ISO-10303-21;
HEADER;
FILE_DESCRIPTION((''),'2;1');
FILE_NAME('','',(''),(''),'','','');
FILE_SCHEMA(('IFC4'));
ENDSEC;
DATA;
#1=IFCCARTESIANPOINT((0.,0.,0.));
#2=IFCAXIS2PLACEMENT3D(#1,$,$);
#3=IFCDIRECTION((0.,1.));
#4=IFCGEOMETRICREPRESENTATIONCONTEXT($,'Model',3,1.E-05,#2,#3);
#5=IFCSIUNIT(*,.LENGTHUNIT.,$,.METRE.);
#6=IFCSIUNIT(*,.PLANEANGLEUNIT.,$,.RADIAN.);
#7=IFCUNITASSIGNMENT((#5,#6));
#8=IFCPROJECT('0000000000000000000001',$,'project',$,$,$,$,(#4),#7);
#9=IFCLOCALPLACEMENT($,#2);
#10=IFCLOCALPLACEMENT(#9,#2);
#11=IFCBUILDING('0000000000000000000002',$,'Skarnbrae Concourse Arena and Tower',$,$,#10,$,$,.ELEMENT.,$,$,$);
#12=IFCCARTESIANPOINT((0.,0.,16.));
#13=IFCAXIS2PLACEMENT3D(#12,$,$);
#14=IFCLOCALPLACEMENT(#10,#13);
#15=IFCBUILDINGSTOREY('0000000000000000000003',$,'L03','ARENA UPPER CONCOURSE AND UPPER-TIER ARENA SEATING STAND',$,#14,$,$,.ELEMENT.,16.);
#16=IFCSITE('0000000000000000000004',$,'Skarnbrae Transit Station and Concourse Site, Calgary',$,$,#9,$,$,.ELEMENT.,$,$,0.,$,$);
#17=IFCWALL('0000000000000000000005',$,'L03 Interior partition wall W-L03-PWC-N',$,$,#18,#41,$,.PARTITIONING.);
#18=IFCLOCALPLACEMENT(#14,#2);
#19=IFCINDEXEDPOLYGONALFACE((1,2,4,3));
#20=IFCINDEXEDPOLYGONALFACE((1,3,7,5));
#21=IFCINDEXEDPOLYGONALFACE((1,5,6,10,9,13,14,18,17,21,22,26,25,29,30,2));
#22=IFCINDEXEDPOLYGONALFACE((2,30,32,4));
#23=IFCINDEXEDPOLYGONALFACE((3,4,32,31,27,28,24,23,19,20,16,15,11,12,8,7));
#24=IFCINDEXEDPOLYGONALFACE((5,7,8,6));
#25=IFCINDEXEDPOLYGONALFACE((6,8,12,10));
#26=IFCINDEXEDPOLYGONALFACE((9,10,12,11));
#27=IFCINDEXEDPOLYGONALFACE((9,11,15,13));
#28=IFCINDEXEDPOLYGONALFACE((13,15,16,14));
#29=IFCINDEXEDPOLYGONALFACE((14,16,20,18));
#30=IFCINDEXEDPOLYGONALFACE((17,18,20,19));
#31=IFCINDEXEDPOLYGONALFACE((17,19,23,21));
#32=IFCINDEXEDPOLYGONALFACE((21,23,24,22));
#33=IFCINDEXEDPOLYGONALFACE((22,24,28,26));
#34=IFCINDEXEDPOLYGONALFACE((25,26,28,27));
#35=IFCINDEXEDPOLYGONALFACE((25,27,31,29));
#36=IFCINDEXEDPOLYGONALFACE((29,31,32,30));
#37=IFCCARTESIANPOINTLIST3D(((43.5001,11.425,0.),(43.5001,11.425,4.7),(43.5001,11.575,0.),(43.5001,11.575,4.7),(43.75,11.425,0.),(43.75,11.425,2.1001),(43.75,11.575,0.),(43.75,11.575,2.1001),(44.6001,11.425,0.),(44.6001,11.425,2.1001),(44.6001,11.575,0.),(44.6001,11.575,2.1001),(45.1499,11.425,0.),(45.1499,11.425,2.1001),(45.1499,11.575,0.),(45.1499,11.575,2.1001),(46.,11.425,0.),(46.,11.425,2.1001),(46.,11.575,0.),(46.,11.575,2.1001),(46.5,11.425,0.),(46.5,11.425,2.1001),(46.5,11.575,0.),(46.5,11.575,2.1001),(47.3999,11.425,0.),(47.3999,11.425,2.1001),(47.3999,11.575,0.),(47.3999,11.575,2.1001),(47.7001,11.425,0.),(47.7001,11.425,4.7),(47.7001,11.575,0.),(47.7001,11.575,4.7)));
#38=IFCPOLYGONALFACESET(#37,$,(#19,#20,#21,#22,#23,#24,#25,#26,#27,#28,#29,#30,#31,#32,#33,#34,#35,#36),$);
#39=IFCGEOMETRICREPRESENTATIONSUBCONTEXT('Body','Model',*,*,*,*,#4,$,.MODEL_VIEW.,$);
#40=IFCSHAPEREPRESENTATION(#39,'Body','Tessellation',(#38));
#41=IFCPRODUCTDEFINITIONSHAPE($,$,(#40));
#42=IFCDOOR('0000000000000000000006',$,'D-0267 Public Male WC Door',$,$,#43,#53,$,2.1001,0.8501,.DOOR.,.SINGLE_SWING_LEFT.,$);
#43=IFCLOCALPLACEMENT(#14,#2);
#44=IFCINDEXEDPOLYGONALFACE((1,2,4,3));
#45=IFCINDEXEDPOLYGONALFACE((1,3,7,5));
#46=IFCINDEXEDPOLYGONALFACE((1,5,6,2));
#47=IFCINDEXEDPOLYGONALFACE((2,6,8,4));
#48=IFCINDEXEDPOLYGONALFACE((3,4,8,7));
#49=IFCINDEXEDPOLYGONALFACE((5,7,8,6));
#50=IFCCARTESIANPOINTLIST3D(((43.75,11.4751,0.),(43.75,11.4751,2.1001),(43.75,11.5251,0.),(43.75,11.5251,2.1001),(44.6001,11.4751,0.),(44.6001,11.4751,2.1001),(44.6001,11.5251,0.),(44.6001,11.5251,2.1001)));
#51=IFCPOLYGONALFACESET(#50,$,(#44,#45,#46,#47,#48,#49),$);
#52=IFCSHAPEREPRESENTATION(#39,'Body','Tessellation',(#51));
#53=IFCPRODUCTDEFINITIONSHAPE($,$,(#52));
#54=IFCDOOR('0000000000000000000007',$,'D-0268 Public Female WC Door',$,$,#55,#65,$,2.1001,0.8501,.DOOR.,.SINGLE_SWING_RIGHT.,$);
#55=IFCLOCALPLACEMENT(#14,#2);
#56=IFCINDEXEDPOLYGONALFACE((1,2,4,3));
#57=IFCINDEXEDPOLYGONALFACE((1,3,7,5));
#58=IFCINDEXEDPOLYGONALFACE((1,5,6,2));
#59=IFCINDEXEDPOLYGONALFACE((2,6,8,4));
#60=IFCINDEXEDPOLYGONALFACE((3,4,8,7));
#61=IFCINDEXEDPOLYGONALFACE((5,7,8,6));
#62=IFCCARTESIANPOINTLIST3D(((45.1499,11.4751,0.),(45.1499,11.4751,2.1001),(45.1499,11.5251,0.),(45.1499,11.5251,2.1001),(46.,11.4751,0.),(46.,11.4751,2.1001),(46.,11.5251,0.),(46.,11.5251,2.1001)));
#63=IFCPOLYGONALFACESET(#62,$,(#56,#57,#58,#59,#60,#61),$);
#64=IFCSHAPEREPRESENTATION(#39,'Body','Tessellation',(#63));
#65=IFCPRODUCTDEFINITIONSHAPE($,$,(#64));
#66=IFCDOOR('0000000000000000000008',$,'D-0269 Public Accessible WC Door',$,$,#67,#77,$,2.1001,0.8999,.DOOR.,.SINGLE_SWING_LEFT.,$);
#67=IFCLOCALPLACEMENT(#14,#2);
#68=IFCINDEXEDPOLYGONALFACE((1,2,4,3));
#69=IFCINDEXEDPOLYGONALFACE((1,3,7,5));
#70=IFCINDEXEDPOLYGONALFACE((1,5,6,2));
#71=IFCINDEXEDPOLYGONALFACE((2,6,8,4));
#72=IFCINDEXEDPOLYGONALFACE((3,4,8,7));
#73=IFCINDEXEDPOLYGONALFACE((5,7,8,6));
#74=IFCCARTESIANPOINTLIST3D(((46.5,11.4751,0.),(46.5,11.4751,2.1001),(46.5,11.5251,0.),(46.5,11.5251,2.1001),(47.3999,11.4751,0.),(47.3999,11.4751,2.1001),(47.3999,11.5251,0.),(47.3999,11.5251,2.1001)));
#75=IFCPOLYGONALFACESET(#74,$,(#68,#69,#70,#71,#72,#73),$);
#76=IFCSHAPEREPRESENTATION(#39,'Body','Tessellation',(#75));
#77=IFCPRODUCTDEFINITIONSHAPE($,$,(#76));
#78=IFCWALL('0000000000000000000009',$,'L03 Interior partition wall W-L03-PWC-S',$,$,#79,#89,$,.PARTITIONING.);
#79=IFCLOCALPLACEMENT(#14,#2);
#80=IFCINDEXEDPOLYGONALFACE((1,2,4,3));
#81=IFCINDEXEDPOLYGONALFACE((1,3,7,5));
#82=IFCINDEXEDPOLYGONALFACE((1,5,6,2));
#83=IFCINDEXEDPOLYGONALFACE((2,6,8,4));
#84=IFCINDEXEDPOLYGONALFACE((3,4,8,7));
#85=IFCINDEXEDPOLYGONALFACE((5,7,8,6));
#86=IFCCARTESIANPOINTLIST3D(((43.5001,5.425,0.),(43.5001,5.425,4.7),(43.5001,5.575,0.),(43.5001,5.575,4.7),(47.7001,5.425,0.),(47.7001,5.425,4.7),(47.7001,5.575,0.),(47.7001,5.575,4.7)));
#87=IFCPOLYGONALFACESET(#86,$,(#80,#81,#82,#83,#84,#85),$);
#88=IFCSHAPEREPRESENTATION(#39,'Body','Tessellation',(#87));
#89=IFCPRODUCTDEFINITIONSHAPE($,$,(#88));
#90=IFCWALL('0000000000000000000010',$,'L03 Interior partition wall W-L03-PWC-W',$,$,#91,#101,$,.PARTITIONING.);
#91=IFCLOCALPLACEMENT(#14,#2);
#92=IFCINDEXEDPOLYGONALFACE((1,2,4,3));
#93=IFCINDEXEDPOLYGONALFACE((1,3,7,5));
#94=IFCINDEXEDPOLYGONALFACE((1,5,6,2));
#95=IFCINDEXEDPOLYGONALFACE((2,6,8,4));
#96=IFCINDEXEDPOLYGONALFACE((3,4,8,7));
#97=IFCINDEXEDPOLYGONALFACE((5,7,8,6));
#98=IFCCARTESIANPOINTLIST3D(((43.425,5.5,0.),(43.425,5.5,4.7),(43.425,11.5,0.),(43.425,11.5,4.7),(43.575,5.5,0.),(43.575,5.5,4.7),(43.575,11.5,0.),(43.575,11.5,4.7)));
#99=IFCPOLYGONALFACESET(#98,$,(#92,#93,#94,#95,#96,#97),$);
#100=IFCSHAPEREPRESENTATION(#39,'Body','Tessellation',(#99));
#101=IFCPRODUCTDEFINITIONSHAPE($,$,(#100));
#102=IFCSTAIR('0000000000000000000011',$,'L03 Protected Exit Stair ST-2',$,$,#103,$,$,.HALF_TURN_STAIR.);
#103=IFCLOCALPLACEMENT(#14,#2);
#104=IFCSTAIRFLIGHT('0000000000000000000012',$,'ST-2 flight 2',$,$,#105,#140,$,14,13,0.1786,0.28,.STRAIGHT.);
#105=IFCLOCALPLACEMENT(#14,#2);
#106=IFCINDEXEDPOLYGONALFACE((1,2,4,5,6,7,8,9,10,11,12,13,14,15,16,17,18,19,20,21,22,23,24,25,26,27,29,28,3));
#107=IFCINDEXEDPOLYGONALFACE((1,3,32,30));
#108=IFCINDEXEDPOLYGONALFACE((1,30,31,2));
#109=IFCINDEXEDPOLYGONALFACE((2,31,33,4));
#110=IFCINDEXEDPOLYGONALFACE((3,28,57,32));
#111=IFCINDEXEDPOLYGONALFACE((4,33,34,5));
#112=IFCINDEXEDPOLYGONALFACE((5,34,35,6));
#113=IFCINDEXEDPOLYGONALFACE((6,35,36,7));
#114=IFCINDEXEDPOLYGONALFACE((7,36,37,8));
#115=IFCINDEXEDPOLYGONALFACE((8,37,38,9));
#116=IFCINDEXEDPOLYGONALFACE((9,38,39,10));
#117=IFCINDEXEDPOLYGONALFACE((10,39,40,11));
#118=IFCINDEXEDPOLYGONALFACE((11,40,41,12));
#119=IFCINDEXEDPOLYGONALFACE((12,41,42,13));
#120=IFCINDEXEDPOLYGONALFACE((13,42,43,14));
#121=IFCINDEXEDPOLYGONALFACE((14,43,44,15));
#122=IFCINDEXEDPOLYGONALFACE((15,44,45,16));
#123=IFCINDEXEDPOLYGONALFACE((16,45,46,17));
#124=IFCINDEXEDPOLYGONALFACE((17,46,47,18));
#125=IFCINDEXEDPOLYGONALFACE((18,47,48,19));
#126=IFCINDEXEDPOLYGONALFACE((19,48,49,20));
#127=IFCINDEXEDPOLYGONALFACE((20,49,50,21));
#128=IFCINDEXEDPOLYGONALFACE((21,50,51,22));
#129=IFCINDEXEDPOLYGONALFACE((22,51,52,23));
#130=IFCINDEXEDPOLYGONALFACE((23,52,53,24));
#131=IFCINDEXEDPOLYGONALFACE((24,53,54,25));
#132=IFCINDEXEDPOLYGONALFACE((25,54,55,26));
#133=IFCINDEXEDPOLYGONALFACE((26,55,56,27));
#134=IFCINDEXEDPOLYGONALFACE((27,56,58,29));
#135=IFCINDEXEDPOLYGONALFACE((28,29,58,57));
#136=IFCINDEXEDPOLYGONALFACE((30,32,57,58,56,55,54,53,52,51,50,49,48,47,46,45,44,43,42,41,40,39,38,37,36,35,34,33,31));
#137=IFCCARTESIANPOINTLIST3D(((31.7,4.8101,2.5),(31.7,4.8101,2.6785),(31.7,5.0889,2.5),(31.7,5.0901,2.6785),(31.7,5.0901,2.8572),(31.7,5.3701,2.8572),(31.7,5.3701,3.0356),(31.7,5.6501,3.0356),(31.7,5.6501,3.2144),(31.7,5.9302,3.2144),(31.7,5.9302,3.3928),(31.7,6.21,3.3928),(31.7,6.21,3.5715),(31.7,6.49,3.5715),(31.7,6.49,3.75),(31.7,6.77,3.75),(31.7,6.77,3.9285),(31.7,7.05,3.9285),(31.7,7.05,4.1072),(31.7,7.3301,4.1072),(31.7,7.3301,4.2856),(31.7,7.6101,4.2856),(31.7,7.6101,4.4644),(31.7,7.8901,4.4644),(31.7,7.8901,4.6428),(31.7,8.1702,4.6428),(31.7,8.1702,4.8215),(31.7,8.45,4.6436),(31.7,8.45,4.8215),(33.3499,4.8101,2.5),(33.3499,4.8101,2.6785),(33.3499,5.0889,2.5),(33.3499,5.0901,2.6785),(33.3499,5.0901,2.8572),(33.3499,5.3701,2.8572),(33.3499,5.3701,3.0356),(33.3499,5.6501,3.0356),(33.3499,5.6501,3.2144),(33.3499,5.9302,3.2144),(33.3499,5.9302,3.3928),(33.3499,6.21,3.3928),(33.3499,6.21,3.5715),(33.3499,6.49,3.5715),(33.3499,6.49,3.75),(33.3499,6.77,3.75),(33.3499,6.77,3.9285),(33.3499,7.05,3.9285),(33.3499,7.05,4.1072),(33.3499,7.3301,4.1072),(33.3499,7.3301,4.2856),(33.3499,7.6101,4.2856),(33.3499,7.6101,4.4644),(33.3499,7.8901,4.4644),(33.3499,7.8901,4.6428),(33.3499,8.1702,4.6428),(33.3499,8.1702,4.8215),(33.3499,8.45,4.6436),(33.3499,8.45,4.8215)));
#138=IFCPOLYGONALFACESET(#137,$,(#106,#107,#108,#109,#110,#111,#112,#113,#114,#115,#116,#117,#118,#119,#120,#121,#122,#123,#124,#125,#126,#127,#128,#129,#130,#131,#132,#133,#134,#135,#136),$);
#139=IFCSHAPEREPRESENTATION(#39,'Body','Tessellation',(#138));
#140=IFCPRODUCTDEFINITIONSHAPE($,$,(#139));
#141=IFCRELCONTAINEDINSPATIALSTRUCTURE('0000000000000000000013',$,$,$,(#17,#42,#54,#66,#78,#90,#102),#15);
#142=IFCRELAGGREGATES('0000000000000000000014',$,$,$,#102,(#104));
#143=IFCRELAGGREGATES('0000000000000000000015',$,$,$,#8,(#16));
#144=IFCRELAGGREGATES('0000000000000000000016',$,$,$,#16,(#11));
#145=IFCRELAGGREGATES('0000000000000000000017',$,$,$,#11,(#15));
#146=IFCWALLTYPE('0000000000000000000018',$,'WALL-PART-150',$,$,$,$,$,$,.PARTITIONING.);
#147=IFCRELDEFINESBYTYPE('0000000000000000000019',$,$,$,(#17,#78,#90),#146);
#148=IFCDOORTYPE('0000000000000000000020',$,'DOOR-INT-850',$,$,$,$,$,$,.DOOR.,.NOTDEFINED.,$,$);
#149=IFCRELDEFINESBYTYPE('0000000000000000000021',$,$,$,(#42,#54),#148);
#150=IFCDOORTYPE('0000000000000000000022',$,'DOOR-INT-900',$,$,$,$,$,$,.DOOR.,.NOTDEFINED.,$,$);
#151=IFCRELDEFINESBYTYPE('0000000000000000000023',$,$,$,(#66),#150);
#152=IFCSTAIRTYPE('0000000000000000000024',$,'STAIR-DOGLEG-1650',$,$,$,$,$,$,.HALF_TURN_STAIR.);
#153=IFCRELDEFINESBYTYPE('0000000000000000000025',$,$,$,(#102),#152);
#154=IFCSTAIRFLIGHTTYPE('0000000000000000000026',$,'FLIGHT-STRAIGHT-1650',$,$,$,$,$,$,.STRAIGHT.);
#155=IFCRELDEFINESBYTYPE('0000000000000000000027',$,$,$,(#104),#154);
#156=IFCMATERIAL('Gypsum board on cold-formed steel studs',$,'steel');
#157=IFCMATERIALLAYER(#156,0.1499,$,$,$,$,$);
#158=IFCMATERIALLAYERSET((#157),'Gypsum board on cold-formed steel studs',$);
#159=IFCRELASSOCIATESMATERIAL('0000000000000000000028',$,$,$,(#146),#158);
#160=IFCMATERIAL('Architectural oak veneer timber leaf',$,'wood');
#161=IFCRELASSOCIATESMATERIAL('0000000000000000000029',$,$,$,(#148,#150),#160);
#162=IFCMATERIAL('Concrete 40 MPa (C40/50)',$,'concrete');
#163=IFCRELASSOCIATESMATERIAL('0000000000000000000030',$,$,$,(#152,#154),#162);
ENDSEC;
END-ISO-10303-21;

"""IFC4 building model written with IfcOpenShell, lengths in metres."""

from ifc_helpers import new_model, si_unit, direction, frame, frame_2d, origin, place, context, subcontext, project, spatial, polyline, rectangle, outline, extrude, source, transform, mapped, material, layer, layer_set, type_object, element, fill, aggregate, save


model = new_model("IFC4")

# Units and contexts
model_context = context("Model", 3, precision=1e-05, world=origin(), true_north=direction((0.0, 1.0)))
body_context = subcontext(model_context, "Body", "Model", "MODEL_VIEW")
ifc_project = project(units=[si_unit("LENGTHUNIT", "METRE"), si_unit("PLANEANGLEUNIT", "RADIAN")], contexts=[model_context])

# Site, building, storey
site_placement = place(None, origin())
site = spatial("IfcSite", under=ifc_project, at=site_placement, Name="Skarnbrae Transit Station and Concourse Site, Calgary", CompositionType="ELEMENT", RefElevation=0.0)
building_placement = place(site_placement, origin())
building = spatial("IfcBuilding", under=site, at=building_placement, Name="Skarnbrae Concourse Arena and Tower", CompositionType="ELEMENT")
storey_placement = place(building_placement, frame((0.0, 0.0, 16.0)))
storey = spatial("IfcBuildingStorey", under=building, at=storey_placement, Name="L03", Description="ARENA UPPER CONCOURSE AND UPPER-TIER ARENA SEATING STAND", CompositionType="ELEMENT", Elevation=16.0)

# Shared definitions
ifc_material_1 = material(Name="Gypsum board on cold-formed steel studs", Category="steel")

# Shared definitions
ifc_layer_1 = layer(ifc_material_1, 0.1499)
ifc_layer_set_1 = layer_set([ifc_layer_1], Name="Gypsum board on cold-formed steel studs")
wall_type_1 = type_object("IfcWallType", Name="WALL-PART-150", PredefinedType="PARTITIONING", material=ifc_layer_set_1)

# Wall, openings, doors
shared_shape_1 = source(origin(), body_context, "Body", "SweptSolid", [
    extrude(rectangle(XDim=4.2, YDim=0.1499, at=frame_2d((2.1001, 0.0))), origin(), (0.0, 0.0, 1.0), 4.7),
])
wall_1_placement = place(storey_placement, frame((43.5, 11.5, 0.0), z_axis=(0.0, 0.0, 1.0), x_axis=(1.0, 0.0, 0.0)))
wall_1 = element("IfcWall", 1, at=wall_1_placement, inside=storey, type_object=wall_type_1, Name="L03 Interior partition wall W-L03-PWC-N", PredefinedType="PARTITIONING", context=body_context, shape_type="MappedRepresentation", body=[
    mapped(shared_shape_1, transform((0.0, 0.0, 0.0))),
])
opening_1_placement = place(wall_1_placement, frame((0.25, 0.0, 0.0)))
opening_1 = element("IfcOpeningElement", 2, at=opening_1_placement, cuts=wall_1, PredefinedType="OPENING", context=body_context, shape_type="SweptSolid", body=[
    extrude(rectangle(XDim=0.8501, YDim=2.1001, at=frame_2d((0.425, 1.05))), frame((0.0, 0.085, 0.0), z_axis=(0.0, -1.0, 0.0), x_axis=(1.0, 0.0, 0.0)), (0.0, 0.0, 1.0), 0.1699),
])
opening_2_placement = place(wall_1_placement, frame((1.6499, 0.0, 0.0)))
opening_2 = element("IfcOpeningElement", 3, at=opening_2_placement, cuts=wall_1, PredefinedType="OPENING", context=body_context, shape_type="SweptSolid", body=[
    extrude(rectangle(XDim=0.8501, YDim=2.1001, at=frame_2d((0.425, 1.05))), frame((0.0, 0.085, 0.0), z_axis=(0.0, -1.0, 0.0), x_axis=(1.0, 0.0, 0.0)), (0.0, 0.0, 1.0), 0.1699),
])
opening_3_placement = place(wall_1_placement, frame((3.0, 0.0, 0.0)))
opening_3 = element("IfcOpeningElement", 4, at=opening_3_placement, cuts=wall_1, PredefinedType="OPENING", context=body_context, shape_type="SweptSolid", body=[
    extrude(rectangle(XDim=0.8999, YDim=2.1001, at=frame_2d((0.45, 1.05))), frame((0.0, 0.085, 0.0), z_axis=(0.0, -1.0, 0.0), x_axis=(1.0, 0.0, 0.0)), (0.0, 0.0, 1.0), 0.1699),
])
ifc_material_2 = material(Name="Architectural oak veneer timber leaf", Category="wood")
door_type_1 = type_object("IfcDoorType", Name="DOOR-INT-850", OperationType="NOTDEFINED", PredefinedType="DOOR", material=ifc_material_2)
shared_shape_2 = source(origin(), body_context, "Body", "SweptSolid", [
    extrude(rectangle(XDim=0.8501, YDim=2.1001, at=frame_2d((0.425, 1.05))), frame((0.0, 0.0249, 0.0), z_axis=(0.0, -1.0, 0.0), x_axis=(1.0, 0.0, 0.0)), (0.0, 0.0, 1.0), 0.05),
])
door_1_placement = place(opening_1_placement, frame((0.8501, 0.0, 0.0), z_axis=(0.0, 0.0, 1.0), x_axis=(-1.0, 0.0, 0.0)))
door_1 = element("IfcDoor", 5, at=door_1_placement, inside=storey, type_object=door_type_1, Name="D-0267 Public Male WC Door", OperationType="SINGLE_SWING_LEFT", OverallHeight=2.1001, OverallWidth=0.8501, PredefinedType="DOOR", context=body_context, shape_type="MappedRepresentation", body=[
    mapped(shared_shape_2, transform((0.0, 0.0, 0.0))),
])
fill(opening_1, door_1)
door_2_placement = place(opening_2_placement, frame((0.8501, 0.0, 0.0), z_axis=(0.0, 0.0, 1.0), x_axis=(-1.0, 0.0, 0.0)))
door_2 = element("IfcDoor", 6, at=door_2_placement, inside=storey, type_object=door_type_1, Name="D-0268 Public Female WC Door", OperationType="SINGLE_SWING_RIGHT", OverallHeight=2.1001, OverallWidth=0.8501, PredefinedType="DOOR", context=body_context, shape_type="MappedRepresentation", body=[
    mapped(shared_shape_2, transform((0.0, 0.0, 0.0))),
])
fill(opening_2, door_2)
door_type_2 = type_object("IfcDoorType", Name="DOOR-INT-900", OperationType="NOTDEFINED", PredefinedType="DOOR", material=ifc_material_2)
shared_shape_3 = source(origin(), body_context, "Body", "SweptSolid", [
    extrude(rectangle(XDim=0.8999, YDim=2.1001, at=frame_2d((0.45, 1.05))), frame((0.0, 0.0249, 0.0), z_axis=(0.0, -1.0, 0.0), x_axis=(1.0, 0.0, 0.0)), (0.0, 0.0, 1.0), 0.05),
])
door_3_placement = place(opening_3_placement, frame((0.8999, 0.0, 0.0), z_axis=(0.0, 0.0, 1.0), x_axis=(-1.0, 0.0, 0.0)))
door_3 = element("IfcDoor", 7, at=door_3_placement, inside=storey, type_object=door_type_2, Name="D-0269 Public Accessible WC Door", OperationType="SINGLE_SWING_LEFT", OverallHeight=2.1001, OverallWidth=0.8999, PredefinedType="DOOR", context=body_context, shape_type="MappedRepresentation", body=[
    mapped(shared_shape_3, transform((0.0, 0.0, 0.0))),
])
fill(opening_3, door_3)

# Walls
wall_2_placement = place(storey_placement, frame((43.5, 5.5, 0.0), z_axis=(0.0, 0.0, 1.0), x_axis=(1.0, 0.0, 0.0)))
element("IfcWall", 8, at=wall_2_placement, inside=storey, type_object=wall_type_1, Name="L03 Interior partition wall W-L03-PWC-S", PredefinedType="PARTITIONING", context=body_context, shape_type="MappedRepresentation", body=[
    mapped(shared_shape_1, transform((0.0, 0.0, 0.0))),
])
shared_shape_4 = source(origin(), body_context, "Body", "SweptSolid", [
    extrude(rectangle(XDim=6.0, YDim=0.1499, at=frame_2d((3.0, 0.0))), origin(), (0.0, 0.0, 1.0), 4.7),
])
wall_3_placement = place(storey_placement, frame((43.5, 5.5, 0.0), z_axis=(0.0, 0.0, 1.0), x_axis=(0.0, 1.0, 0.0)))
element("IfcWall", 9, at=wall_3_placement, inside=storey, type_object=wall_type_1, Name="L03 Interior partition wall W-L03-PWC-W", PredefinedType="PARTITIONING", context=body_context, shape_type="MappedRepresentation", body=[
    mapped(shared_shape_4, transform((0.0, 0.0, 0.0))),
])

# Stair, stair flight
ifc_material_3 = material(Name="Concrete 40 MPa (C40/50)", Category="concrete")
stair_type = type_object("IfcStairType", Name="STAIR-DOGLEG-1650", PredefinedType="HALF_TURN_STAIR", material=ifc_material_3)
stair_placement = place(storey_placement, origin())
stair = element("IfcStair", 10, at=stair_placement, inside=storey, type_object=stair_type, Name="L03 Protected Exit Stair ST-2", PredefinedType="HALF_TURN_STAIR")
stair_flight_type = type_object("IfcStairFlightType", Name="FLIGHT-STRAIGHT-1650", PredefinedType="STRAIGHT", material=ifc_material_3)
shared_shape_5 = source(origin(), body_context, "Body", "SweptSolid", [
    extrude(outline(polyline([(0.0, 0.0), (0.0, 0.1785), (0.28, 0.1785), (0.28, 0.3572), (0.5601, 0.3572), (0.5601, 0.5356), (0.8401, 0.5356), (0.8401, 0.7144), (1.1201, 0.7144), (1.1201, 0.8928), (1.3999, 0.8928), (1.3999, 1.0715), (1.6799, 1.0715), (1.6799, 1.25), (1.96, 1.25), (1.96, 1.4285), (2.24, 1.4285), (2.24, 1.6072), (2.52, 1.6072), (2.52, 1.7856), (2.8, 1.7856), (2.8, 1.9644), (3.0801, 1.9644), (3.0801, 2.1428), (3.3601, 2.1428), (3.3601, 2.3215), (3.6399, 2.3215), (3.6399, 2.5), (3.6399, 2.1436), (0.2788, 0.0), (0.0, 0.0)])), frame((0.0, 0.825, 0.0), z_axis=(0.0, -1.0, 0.0), x_axis=(1.0, 0.0, 0.0)), (0.0, 0.0, 1.0), 1.6499),
])
stair_flight_placement = place(storey_placement, frame((32.5249, 4.8101, 2.5), z_axis=(0.0, 0.0, 1.0), x_axis=(0.0, 1.0, 0.0)))
stair_flight = element("IfcStairFlight", 11, at=stair_flight_placement, type_object=stair_flight_type, Name="ST-2 flight 2", NumberOfRisers=14, NumberOfTreads=13, PredefinedType="STRAIGHT", RiserHeight=0.1786, TreadLength=0.28, context=body_context, shape_type="MappedRepresentation", body=[
    mapped(shared_shape_5, transform((0.0, 0.0, 0.0))),
])
aggregate(stair, [stair_flight])

save(model, "model.ifc")
